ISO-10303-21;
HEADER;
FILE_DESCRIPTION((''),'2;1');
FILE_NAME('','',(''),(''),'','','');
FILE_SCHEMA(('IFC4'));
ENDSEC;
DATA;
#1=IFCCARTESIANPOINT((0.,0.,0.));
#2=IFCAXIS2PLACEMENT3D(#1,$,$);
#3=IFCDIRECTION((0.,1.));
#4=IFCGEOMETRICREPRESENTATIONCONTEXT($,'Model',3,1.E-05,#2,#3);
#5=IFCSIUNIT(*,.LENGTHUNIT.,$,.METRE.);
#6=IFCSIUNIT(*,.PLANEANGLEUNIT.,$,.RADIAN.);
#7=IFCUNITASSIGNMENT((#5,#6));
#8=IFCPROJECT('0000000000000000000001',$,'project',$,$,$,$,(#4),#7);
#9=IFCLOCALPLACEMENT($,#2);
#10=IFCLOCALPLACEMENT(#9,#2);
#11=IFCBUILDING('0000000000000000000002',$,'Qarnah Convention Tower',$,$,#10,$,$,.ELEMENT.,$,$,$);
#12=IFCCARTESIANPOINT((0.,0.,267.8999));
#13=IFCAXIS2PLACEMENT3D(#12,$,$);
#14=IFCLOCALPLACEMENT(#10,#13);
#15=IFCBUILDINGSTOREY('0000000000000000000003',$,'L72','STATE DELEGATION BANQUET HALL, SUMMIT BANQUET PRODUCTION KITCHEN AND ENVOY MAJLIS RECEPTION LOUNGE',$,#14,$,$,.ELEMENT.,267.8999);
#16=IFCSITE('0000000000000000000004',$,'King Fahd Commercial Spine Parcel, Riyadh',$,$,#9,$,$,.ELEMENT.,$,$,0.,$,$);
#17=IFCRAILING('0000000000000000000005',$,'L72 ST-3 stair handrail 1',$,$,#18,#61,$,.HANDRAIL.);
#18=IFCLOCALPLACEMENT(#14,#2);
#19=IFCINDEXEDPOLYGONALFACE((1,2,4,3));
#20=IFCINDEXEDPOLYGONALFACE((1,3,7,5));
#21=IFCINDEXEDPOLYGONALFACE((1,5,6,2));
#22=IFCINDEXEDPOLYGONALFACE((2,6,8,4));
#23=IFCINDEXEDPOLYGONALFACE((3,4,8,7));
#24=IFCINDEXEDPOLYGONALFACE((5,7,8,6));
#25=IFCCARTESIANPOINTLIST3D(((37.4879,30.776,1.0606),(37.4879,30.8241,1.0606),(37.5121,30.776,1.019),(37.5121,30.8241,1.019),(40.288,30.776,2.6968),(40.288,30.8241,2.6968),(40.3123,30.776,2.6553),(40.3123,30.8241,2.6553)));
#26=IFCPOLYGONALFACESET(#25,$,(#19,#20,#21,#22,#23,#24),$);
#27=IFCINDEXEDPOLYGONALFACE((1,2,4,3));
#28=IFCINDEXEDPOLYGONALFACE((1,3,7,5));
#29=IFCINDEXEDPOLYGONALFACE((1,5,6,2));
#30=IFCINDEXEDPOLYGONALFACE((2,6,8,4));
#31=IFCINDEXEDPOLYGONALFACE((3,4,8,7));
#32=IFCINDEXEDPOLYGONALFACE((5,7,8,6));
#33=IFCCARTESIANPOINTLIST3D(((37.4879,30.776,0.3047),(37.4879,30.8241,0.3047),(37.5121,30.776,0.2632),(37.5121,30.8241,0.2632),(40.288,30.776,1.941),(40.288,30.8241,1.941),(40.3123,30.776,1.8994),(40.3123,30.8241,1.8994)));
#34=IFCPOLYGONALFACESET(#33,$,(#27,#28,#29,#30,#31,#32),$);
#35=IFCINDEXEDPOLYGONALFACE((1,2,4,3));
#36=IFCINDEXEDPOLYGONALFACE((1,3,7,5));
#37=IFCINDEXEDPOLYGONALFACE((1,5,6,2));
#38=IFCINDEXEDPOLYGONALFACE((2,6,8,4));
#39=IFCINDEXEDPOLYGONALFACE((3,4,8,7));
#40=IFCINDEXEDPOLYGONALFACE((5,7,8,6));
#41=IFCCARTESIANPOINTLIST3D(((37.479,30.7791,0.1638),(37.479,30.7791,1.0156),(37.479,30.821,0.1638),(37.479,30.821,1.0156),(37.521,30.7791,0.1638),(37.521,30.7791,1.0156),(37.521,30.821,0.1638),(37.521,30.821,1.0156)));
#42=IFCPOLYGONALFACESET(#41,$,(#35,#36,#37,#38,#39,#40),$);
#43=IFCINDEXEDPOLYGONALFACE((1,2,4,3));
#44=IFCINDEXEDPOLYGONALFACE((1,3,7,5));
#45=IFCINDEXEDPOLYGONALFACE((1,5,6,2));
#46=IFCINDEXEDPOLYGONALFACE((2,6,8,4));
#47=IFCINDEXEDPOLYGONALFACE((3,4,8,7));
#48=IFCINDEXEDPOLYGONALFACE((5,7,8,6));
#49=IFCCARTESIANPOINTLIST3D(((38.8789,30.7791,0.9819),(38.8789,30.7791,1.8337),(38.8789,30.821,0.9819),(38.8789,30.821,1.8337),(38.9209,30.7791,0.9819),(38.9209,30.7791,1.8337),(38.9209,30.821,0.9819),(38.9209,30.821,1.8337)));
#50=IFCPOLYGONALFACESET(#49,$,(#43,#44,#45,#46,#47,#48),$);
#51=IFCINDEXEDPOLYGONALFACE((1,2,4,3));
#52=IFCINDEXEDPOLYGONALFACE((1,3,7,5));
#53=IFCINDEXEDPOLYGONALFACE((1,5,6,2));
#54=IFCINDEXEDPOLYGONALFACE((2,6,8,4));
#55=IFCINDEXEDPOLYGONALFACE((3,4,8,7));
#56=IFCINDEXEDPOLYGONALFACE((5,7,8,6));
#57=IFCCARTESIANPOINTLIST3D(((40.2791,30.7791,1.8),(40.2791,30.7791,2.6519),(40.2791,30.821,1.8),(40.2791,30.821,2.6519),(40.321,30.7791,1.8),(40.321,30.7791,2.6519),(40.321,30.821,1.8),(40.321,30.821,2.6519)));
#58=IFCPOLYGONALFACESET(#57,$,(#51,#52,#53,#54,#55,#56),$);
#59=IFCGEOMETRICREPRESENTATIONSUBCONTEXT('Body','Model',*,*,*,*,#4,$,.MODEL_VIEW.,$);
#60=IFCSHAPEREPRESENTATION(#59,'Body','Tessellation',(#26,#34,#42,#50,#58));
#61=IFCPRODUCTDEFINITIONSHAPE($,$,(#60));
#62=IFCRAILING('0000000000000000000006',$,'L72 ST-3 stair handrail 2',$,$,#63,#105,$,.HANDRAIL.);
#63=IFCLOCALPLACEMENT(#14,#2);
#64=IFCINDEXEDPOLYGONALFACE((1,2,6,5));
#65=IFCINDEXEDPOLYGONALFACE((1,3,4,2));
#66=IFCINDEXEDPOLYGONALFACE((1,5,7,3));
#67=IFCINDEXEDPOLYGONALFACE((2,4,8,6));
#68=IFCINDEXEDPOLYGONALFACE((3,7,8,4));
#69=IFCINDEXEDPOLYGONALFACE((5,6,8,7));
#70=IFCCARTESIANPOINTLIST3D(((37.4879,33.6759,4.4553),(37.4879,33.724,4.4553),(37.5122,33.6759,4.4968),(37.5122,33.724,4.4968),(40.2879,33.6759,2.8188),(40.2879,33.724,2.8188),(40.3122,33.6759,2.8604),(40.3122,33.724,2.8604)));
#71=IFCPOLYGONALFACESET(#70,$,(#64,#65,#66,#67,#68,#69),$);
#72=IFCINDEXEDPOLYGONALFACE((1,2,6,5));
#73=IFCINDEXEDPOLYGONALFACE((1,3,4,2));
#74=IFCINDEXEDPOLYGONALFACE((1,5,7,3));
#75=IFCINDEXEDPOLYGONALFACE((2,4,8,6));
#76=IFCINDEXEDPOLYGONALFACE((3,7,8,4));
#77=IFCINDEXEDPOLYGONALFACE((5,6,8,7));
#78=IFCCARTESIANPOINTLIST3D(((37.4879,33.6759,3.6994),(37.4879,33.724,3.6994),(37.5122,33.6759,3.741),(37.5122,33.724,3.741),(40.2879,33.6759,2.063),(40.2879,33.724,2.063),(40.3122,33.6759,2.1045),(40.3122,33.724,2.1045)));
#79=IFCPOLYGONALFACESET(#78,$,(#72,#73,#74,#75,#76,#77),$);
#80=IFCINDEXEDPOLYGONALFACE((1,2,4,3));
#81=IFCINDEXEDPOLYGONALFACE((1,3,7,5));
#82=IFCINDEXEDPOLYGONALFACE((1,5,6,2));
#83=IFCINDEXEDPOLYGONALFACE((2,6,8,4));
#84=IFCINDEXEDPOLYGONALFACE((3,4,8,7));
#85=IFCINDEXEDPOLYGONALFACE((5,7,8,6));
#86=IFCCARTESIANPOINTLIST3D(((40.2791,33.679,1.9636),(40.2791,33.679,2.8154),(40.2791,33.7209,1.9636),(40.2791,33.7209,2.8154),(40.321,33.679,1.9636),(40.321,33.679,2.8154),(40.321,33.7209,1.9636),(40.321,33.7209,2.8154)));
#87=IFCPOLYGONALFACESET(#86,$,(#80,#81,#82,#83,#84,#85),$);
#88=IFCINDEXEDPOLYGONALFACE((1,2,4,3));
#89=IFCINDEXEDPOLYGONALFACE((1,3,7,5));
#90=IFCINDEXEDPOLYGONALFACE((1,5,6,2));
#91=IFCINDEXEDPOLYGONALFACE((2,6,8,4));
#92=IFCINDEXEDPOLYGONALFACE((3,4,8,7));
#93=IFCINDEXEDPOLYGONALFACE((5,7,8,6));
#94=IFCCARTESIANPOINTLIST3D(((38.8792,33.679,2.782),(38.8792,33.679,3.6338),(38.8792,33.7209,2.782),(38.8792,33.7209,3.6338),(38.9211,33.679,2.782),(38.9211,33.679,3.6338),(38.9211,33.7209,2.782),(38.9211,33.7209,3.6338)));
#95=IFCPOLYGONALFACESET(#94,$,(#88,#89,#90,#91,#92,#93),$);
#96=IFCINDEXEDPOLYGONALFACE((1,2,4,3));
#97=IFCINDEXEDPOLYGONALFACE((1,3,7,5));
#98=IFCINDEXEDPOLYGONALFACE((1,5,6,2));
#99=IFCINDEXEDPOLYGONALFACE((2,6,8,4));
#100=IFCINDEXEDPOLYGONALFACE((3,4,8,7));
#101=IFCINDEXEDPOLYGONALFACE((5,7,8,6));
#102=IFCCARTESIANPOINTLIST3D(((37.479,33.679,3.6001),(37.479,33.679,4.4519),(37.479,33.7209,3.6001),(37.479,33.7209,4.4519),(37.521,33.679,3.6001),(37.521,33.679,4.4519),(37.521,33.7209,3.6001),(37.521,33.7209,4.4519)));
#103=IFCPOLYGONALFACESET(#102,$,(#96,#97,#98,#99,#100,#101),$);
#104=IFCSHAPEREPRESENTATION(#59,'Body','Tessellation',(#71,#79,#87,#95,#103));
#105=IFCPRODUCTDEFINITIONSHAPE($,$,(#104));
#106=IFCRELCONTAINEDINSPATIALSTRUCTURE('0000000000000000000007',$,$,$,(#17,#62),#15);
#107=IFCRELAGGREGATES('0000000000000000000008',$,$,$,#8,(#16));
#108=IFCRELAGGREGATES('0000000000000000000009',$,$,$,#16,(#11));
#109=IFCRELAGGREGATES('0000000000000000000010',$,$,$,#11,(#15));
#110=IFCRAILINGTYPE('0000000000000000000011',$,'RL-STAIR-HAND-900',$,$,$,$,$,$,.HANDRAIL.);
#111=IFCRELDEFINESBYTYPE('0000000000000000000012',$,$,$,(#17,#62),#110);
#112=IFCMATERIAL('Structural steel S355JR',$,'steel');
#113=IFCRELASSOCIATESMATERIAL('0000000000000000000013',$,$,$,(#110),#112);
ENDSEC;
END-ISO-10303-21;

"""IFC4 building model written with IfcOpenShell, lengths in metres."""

from ifc_helpers import new_model, si_unit, direction, frame, origin, origin_2d, place, context, subcontext, project, spatial, rectangle, extrude, material, type_object, element, save


model = new_model("IFC4")

# Units and contexts
model_context = context("Model", 3, precision=1e-05, world=origin(), true_north=direction((0.0, 1.0)))
body_context = subcontext(model_context, "Body", "Model", "MODEL_VIEW")
ifc_project = project(units=[si_unit("LENGTHUNIT", "METRE"), si_unit("PLANEANGLEUNIT", "RADIAN")], contexts=[model_context])

# Site, building, storey
site_placement = place(None, origin())
site = spatial("IfcSite", under=ifc_project, at=site_placement, Name="King Fahd Commercial Spine Parcel, Riyadh", CompositionType="ELEMENT", RefElevation=0.0)
building_placement = place(site_placement, origin())
building = spatial("IfcBuilding", under=site, at=building_placement, Name="Qarnah Convention Tower", CompositionType="ELEMENT")
storey_placement = place(building_placement, frame((0.0, 0.0, 267.8999)))
storey = spatial("IfcBuildingStorey", under=building, at=storey_placement, Name="L72", Description="STATE DELEGATION BANQUET HALL, SUMMIT BANQUET PRODUCTION KITCHEN AND ENVOY MAJLIS RECEPTION LOUNGE", CompositionType="ELEMENT", Elevation=267.8999)

# Shared definitions
ifc_material_1 = material(Name="Structural steel S355JR", Category="steel")

# Railings
railing_type_1 = type_object("IfcRailingType", Name="RL-STAIR-HAND-900", PredefinedType="HANDRAIL", material=ifc_material_1)
railing_1_placement = place(storey_placement, frame((37.5, 30.8, 0.1638)))
element("IfcRailing", 1, at=railing_1_placement, inside=storey, type_object=railing_type_1, Name="L72 ST-3 stair handrail 1", PredefinedType="HANDRAIL", context=body_context, shape_type="SweptSolid", body=[
    extrude(rectangle(XDim=0.0481, YDim=0.0481, at=origin_2d()), frame((0.0, 0.0, 0.876), z_axis=(0.863394, 0.0, 0.504531), x_axis=(0.0, 1.0, 0.0)), (0.0, 0.0, 1.0), 3.2432),
    extrude(rectangle(XDim=0.0481, YDim=0.0481, at=origin_2d()), frame((0.0, 0.0, 0.1201), z_axis=(0.863394, 0.0, 0.504531), x_axis=(0.0, 1.0, 0.0)), (0.0, 0.0, 1.0), 3.2432),
    extrude(rectangle(XDim=0.042, YDim=0.042, at=origin_2d()), origin(), (0.0, 0.0, 1.0), 0.8518),
    extrude(rectangle(XDim=0.042, YDim=0.042, at=origin_2d()), frame((1.3999, 0.0, 0.8181)), (0.0, 0.0, 1.0), 0.8518),
    extrude(rectangle(XDim=0.042, YDim=0.042, at=origin_2d()), frame((2.8, 0.0, 1.6362)), (0.0, 0.0, 1.0), 0.8518),
])
railing_2_placement = place(storey_placement, frame((40.3, 33.7, 1.9636)))
element("IfcRailing", 2, at=railing_2_placement, inside=storey, type_object=railing_type_1, Name="L72 ST-3 stair handrail 2", PredefinedType="HANDRAIL", context=body_context, shape_type="SweptSolid", body=[
    extrude(rectangle(XDim=0.0481, YDim=0.0481, at=origin_2d()), frame((0.0, 0.0, 0.876), z_axis=(-0.863361, 0.0, 0.504587), x_axis=(0.0, -1.0, 0.0)), (0.0, 0.0, 1.0), 3.2432),
    extrude(rectangle(XDim=0.0481, YDim=0.0481, at=origin_2d()), frame((0.0, 0.0, 0.1201), z_axis=(-0.863361, 0.0, 0.504587), x_axis=(0.0, -1.0, 0.0)), (0.0, 0.0, 1.0), 3.2432),
    extrude(rectangle(XDim=0.042, YDim=0.042, at=origin_2d()), origin(), (0.0, 0.0, 1.0), 0.8518),
    extrude(rectangle(XDim=0.042, YDim=0.042, at=origin_2d()), frame((-1.3999, 0.0, 0.8184)), (0.0, 0.0, 1.0), 0.8518),
    extrude(rectangle(XDim=0.042, YDim=0.042, at=origin_2d()), frame((-2.8, 0.0, 1.6365)), (0.0, 0.0, 1.0), 0.8518),
])

save(model, "model.ifc")
